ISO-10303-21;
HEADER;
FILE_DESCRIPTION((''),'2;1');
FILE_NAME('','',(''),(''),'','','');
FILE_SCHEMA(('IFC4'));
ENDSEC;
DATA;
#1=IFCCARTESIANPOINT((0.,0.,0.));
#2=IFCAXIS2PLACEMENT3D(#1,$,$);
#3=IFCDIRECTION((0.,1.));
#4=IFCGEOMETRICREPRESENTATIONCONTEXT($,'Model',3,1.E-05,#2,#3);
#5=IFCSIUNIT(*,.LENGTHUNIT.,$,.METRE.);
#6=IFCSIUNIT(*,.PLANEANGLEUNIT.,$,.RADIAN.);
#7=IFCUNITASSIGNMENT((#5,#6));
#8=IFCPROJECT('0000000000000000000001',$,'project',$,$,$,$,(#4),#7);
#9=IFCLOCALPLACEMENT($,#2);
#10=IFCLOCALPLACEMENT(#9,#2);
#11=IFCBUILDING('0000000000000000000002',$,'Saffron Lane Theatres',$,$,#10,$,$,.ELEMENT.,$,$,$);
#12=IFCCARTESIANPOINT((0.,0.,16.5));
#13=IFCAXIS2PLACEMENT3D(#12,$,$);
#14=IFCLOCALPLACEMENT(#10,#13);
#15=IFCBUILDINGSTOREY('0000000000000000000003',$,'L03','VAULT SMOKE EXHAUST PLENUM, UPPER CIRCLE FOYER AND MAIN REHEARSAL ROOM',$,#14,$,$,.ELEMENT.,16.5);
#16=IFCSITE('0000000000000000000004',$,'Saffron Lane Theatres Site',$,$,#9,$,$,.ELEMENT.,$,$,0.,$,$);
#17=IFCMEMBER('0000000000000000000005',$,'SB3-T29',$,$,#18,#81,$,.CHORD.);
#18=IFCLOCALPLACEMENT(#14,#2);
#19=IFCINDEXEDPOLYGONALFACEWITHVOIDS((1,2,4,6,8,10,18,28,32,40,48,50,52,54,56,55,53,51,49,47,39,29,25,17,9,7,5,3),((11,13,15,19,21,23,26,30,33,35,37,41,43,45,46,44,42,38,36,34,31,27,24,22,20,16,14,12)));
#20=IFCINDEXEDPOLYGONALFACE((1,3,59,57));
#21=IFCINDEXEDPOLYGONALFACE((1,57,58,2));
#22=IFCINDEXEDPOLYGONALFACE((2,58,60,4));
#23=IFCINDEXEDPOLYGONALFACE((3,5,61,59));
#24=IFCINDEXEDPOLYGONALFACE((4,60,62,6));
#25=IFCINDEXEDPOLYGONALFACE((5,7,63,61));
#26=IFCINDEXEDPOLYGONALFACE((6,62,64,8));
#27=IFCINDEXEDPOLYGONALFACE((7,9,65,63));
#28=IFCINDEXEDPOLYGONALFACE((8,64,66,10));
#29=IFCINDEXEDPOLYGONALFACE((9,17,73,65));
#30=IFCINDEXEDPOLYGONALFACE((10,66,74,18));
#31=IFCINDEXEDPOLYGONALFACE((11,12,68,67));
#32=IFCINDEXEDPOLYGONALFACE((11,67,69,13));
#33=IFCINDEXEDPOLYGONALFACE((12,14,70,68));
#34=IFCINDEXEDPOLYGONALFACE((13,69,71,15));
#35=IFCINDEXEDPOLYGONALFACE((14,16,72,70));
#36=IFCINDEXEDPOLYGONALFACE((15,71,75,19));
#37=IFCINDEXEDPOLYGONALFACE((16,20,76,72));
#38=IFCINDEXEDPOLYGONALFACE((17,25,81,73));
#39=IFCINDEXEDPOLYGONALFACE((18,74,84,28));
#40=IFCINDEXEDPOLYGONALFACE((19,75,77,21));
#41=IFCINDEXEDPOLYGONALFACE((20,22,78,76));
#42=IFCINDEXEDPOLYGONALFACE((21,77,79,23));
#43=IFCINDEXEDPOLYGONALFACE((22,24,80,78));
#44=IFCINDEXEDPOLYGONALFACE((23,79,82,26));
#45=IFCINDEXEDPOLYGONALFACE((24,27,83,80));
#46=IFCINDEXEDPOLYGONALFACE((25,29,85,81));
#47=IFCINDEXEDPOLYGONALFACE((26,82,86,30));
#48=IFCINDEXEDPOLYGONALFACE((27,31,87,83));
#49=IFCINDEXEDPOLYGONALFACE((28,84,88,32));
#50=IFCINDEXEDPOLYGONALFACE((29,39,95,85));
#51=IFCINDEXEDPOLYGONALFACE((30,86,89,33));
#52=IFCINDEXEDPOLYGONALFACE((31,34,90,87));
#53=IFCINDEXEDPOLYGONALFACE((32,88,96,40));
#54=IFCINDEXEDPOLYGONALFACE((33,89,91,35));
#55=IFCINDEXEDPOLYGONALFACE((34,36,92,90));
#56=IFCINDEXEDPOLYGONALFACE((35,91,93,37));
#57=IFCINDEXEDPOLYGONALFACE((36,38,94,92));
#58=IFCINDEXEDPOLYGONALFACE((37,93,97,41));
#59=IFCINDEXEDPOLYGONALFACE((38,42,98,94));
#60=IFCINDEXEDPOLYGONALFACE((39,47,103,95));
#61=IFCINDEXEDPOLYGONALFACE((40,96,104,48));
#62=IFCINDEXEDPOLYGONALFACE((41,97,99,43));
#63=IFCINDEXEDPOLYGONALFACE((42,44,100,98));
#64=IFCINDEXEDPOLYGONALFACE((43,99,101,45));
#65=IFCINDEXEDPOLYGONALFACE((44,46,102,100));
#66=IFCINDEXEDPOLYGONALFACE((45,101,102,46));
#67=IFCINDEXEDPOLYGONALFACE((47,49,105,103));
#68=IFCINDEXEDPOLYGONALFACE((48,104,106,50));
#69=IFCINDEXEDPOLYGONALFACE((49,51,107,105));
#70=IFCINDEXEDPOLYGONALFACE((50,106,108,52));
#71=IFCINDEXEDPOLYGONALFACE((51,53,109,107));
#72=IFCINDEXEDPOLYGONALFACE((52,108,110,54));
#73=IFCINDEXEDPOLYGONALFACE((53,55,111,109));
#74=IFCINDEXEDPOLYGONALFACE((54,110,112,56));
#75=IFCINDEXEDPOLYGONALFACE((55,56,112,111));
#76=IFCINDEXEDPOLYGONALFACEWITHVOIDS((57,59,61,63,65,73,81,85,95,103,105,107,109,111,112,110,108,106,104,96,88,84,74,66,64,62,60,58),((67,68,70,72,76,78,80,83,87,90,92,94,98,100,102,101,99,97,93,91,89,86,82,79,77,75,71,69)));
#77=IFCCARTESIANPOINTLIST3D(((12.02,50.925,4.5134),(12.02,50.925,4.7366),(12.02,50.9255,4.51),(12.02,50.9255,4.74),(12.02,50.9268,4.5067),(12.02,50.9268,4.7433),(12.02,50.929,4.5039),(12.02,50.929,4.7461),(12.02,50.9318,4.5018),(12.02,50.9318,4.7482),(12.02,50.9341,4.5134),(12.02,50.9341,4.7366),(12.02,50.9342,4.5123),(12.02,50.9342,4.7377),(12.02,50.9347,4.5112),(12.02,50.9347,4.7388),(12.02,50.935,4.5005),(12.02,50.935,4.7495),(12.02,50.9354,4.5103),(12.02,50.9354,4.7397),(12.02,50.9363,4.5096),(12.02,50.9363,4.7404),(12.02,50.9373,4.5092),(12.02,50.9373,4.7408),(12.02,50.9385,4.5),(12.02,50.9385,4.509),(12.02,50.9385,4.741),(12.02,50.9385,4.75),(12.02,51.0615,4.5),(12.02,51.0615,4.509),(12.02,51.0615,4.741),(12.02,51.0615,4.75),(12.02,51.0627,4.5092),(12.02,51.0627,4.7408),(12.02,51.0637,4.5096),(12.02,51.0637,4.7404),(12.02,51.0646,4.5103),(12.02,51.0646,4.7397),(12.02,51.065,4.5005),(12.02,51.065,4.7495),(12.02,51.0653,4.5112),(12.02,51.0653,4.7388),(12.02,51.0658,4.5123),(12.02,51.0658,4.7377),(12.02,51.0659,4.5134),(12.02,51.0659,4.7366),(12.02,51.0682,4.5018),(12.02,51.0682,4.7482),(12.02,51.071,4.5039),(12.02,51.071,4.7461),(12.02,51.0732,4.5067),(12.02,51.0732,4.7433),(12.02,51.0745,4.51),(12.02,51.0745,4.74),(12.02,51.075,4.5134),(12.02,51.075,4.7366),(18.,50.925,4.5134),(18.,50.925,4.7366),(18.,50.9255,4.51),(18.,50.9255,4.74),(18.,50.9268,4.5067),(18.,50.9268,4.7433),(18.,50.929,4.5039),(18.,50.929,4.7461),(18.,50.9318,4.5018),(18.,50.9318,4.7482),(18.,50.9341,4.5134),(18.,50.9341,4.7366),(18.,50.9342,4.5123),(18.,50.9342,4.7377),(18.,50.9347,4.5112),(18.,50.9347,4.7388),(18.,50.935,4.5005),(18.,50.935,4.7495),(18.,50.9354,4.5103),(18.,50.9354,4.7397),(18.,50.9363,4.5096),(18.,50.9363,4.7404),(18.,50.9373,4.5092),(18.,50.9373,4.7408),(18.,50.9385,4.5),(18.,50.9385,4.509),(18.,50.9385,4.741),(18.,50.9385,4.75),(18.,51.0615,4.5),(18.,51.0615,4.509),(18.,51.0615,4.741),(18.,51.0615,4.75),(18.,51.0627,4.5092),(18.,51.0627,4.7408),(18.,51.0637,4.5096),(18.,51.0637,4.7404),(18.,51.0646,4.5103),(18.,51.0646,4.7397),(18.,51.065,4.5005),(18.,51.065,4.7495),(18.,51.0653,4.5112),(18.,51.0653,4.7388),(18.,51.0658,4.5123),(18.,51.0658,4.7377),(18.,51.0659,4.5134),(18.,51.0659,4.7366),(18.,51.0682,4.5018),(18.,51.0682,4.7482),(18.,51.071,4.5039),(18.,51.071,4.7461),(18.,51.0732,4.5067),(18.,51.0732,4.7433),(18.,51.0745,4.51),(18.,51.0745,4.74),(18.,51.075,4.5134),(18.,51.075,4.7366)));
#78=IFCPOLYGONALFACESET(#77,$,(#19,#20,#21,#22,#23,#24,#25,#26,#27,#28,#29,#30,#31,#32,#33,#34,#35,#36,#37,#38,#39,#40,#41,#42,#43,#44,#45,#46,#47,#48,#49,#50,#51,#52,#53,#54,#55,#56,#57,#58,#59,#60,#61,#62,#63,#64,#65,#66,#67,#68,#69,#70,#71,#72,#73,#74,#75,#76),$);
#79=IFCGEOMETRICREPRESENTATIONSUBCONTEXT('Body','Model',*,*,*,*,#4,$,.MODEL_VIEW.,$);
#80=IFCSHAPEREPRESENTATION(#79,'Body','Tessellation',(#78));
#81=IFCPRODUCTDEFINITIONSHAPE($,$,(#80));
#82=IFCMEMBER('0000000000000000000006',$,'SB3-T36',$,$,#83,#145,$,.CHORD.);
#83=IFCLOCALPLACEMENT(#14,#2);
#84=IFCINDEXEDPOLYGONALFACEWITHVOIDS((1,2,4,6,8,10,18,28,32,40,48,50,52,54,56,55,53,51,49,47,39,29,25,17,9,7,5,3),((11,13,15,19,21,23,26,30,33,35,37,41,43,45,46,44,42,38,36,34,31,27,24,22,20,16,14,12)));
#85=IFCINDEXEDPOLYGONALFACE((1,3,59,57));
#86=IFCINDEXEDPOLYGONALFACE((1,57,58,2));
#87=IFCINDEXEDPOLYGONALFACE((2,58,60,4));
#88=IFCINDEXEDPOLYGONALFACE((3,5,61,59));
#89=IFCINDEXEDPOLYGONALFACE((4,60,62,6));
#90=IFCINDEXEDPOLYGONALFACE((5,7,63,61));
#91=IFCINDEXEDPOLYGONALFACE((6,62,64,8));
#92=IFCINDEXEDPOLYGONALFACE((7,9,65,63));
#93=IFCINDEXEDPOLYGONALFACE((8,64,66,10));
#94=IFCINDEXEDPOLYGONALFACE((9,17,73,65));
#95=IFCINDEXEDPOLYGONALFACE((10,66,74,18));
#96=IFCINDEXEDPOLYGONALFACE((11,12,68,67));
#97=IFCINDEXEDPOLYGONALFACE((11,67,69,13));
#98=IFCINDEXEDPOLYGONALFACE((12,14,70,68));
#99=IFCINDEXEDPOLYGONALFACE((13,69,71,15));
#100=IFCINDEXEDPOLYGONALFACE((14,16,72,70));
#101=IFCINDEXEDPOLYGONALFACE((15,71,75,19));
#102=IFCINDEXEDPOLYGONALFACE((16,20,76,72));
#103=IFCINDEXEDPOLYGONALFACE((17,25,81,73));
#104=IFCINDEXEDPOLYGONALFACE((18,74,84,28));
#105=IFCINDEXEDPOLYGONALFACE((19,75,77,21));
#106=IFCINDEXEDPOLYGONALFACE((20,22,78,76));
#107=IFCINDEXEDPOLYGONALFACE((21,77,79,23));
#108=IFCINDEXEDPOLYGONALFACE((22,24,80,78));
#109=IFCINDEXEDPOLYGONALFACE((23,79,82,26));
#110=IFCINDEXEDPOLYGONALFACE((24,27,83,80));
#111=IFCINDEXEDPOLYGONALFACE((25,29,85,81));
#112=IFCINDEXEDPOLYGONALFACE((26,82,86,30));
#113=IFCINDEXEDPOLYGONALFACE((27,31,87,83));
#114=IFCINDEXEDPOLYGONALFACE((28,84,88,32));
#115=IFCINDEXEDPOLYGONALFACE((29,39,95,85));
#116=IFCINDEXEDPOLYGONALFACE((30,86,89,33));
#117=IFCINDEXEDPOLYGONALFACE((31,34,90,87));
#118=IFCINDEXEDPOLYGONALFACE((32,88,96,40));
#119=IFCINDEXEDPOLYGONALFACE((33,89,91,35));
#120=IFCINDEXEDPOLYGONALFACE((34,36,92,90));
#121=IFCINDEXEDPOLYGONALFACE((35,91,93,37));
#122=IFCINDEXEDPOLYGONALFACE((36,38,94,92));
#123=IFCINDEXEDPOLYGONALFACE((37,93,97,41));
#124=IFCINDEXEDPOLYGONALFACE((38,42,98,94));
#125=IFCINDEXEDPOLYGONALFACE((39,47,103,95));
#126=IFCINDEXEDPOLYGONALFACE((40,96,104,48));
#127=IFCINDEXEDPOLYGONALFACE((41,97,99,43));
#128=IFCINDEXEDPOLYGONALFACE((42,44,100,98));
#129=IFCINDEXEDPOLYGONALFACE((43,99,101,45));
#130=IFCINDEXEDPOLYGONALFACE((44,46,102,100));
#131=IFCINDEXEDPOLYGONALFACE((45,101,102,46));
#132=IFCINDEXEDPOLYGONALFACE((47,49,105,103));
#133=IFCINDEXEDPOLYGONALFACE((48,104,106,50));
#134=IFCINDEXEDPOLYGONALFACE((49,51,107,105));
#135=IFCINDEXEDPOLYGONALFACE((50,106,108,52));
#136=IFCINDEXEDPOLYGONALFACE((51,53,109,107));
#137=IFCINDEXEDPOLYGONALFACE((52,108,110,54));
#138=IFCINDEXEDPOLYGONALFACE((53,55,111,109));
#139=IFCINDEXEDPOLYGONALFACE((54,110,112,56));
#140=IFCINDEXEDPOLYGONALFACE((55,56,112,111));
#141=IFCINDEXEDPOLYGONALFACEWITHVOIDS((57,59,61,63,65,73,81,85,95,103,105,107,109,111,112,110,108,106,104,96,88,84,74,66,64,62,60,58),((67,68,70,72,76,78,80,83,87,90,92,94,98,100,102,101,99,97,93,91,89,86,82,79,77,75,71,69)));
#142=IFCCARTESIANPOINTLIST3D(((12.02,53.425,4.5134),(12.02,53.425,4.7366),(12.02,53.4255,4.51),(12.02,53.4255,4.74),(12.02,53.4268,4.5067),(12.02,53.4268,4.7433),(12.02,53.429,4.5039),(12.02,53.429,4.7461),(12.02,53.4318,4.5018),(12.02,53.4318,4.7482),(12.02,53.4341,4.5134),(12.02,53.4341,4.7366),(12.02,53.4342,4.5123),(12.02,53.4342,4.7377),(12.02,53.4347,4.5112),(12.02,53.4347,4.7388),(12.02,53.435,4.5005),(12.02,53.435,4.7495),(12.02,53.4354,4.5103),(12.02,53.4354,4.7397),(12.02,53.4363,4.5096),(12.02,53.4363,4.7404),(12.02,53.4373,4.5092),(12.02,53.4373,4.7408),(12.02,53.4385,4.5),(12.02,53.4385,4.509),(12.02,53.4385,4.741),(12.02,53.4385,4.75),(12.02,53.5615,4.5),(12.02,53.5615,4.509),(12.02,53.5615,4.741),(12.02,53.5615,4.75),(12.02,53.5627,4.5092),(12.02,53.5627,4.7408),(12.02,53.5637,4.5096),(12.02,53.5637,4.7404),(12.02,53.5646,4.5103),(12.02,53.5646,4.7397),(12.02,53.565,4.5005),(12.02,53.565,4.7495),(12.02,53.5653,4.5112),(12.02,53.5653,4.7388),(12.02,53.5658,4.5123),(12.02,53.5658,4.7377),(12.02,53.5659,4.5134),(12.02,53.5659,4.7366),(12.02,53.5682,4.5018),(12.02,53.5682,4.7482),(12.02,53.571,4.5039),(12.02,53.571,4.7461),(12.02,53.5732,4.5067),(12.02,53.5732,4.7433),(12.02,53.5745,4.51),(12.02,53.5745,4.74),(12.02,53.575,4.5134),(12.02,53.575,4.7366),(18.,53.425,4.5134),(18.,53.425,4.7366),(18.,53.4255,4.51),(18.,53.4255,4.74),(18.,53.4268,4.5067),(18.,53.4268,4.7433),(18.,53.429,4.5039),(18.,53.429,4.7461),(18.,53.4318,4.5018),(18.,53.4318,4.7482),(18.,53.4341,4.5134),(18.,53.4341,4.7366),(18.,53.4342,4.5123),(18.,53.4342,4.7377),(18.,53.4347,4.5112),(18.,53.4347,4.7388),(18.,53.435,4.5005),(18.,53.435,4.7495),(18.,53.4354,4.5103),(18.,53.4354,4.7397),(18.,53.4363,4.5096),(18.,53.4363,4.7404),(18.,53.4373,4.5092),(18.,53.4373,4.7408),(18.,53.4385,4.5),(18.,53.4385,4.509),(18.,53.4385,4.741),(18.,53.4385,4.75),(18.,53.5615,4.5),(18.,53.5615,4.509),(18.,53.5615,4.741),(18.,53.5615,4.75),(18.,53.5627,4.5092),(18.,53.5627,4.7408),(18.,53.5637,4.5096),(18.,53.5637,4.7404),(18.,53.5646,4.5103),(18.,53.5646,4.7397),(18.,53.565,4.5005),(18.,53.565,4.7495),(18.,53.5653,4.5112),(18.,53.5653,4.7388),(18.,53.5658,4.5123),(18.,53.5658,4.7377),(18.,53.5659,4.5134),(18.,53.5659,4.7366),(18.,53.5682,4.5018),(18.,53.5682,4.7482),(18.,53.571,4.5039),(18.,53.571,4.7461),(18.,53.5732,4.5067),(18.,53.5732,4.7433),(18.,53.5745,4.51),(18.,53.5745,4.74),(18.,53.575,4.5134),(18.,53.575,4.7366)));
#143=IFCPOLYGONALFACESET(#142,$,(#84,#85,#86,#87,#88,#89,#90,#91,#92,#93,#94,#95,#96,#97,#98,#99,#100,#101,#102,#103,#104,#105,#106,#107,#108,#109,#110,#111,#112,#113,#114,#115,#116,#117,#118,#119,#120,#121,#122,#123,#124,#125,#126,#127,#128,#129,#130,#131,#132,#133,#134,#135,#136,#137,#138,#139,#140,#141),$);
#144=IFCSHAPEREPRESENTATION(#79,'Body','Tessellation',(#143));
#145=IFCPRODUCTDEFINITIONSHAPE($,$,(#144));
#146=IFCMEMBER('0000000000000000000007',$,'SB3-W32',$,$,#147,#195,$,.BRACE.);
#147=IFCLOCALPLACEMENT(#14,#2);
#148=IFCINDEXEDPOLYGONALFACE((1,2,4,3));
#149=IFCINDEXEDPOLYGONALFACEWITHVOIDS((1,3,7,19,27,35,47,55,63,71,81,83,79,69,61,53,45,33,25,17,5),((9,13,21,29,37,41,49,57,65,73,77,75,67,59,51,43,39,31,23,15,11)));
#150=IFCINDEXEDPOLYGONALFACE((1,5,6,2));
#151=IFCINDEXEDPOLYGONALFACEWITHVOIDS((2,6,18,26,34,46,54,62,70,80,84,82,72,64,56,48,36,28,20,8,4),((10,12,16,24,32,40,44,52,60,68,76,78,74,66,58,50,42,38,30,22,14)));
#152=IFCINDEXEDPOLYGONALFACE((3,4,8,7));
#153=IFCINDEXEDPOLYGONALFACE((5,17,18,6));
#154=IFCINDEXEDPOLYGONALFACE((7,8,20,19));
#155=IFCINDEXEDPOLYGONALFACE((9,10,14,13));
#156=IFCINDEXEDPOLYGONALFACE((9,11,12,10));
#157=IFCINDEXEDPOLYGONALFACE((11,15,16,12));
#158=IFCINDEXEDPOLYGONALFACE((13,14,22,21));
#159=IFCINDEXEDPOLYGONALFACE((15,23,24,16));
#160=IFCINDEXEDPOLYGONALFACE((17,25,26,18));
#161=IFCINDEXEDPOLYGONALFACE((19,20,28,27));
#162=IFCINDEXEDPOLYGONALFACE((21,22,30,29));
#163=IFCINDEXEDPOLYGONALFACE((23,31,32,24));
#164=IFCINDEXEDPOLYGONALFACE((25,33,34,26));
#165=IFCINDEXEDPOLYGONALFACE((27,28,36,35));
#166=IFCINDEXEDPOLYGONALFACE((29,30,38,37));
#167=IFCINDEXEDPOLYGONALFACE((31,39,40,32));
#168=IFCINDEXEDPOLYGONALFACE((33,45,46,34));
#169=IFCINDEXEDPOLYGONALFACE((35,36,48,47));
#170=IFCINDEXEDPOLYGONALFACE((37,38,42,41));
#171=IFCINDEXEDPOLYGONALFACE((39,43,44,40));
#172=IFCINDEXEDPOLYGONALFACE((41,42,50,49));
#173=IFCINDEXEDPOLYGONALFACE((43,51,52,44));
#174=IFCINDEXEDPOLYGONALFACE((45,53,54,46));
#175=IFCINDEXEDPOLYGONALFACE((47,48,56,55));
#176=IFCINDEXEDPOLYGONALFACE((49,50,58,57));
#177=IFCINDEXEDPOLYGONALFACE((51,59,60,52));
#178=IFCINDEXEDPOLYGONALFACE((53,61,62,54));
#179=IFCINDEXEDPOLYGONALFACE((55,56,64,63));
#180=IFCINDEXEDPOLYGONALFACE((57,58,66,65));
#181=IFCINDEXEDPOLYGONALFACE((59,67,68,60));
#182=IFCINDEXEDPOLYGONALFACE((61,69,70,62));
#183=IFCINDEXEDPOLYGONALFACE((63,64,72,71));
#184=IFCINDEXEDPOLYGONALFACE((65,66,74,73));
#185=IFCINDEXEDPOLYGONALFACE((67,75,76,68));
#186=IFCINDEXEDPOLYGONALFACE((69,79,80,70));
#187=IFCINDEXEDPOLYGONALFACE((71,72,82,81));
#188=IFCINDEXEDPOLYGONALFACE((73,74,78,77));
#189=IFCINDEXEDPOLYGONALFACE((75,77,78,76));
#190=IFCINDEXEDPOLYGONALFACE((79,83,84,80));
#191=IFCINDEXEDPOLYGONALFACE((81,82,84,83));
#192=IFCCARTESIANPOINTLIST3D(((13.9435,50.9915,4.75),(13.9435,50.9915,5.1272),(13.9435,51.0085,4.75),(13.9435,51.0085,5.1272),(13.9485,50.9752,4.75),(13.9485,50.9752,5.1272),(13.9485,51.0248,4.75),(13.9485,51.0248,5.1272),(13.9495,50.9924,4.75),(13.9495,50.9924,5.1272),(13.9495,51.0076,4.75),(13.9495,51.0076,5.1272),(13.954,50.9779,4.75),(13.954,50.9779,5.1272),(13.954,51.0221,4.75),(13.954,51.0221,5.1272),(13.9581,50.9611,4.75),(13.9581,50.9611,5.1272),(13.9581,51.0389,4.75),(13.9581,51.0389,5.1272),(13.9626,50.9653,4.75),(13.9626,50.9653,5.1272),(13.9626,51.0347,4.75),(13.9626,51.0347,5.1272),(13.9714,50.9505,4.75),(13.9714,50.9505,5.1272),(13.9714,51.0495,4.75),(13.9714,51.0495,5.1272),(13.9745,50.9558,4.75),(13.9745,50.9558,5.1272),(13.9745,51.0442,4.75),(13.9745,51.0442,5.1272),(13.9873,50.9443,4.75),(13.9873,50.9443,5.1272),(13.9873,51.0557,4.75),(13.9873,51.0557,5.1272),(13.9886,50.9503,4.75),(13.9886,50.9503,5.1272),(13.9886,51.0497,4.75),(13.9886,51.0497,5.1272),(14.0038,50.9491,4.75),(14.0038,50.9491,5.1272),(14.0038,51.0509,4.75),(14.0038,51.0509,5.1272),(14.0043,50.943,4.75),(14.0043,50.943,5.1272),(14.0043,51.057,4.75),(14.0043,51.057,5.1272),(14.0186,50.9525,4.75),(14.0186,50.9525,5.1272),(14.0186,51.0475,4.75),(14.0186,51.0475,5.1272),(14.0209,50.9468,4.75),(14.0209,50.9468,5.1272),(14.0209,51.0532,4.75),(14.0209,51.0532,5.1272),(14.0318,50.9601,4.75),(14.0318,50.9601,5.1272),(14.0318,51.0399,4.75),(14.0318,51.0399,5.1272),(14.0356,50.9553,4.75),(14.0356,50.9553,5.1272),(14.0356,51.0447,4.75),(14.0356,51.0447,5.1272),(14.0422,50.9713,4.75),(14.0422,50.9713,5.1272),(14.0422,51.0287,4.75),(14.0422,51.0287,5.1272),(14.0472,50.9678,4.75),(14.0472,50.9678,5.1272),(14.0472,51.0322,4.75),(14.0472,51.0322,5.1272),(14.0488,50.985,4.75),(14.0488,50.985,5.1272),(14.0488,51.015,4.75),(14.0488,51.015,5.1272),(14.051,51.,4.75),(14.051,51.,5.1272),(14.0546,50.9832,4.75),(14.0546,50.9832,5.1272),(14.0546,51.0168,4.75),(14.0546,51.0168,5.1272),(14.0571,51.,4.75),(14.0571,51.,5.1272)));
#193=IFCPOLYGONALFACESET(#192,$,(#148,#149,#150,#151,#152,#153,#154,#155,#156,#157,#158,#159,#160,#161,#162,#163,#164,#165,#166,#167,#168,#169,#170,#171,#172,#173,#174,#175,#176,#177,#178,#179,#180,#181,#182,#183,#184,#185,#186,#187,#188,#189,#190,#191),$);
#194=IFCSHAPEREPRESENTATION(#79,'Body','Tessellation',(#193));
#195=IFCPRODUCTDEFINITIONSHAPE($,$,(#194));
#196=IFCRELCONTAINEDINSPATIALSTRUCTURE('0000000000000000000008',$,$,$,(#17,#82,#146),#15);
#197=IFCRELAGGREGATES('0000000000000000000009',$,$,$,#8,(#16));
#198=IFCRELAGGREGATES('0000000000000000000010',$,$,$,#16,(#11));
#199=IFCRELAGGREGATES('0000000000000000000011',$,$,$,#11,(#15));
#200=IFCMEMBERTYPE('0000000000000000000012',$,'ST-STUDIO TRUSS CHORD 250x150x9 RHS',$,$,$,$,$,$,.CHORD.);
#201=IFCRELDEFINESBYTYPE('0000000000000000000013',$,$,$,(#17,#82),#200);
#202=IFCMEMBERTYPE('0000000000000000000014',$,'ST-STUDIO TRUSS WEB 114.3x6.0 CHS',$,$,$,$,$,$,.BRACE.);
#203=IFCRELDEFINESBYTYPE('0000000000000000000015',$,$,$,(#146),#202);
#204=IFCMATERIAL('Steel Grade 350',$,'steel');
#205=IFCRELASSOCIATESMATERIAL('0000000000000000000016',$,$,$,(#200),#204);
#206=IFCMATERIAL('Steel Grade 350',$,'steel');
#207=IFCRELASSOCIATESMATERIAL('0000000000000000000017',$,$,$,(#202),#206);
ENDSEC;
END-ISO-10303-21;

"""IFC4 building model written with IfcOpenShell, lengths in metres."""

from ifc_helpers import new_model, si_unit, direction, frame, origin, origin_2d, place, context, subcontext, project, spatial, hollow_rectangle, hollow_circle, extrude, material, material_profile, profile_set, type_object, element, save


model = new_model("IFC4")

# Units and contexts
model_context = context("Model", 3, precision=1e-05, world=origin(), true_north=direction((0.0, 1.0)))
body_context = subcontext(model_context, "Body", "Model", "MODEL_VIEW")
ifc_project = project(units=[si_unit("LENGTHUNIT", "METRE"), si_unit("PLANEANGLEUNIT", "RADIAN")], contexts=[model_context])

# Site, building, storey
site_placement = place(None, origin())
site = spatial("IfcSite", under=ifc_project, at=site_placement, Name="Saffron Lane Theatres Site", CompositionType="ELEMENT", RefElevation=0.0)
building_placement = place(site_placement, origin())
building = spatial("IfcBuilding", under=site, at=building_placement, Name="Saffron Lane Theatres", CompositionType="ELEMENT")
storey_placement = place(building_placement, frame((0.0, 0.0, 16.5)))
storey = spatial("IfcBuildingStorey", under=building, at=storey_placement, Name="L03", Description="VAULT SMOKE EXHAUST PLENUM, UPPER CIRCLE FOYER AND MAIN REHEARSAL ROOM", CompositionType="ELEMENT", Elevation=16.5)

# Members
ifc_material_1 = material(Name="Steel Grade 350", Category="steel")
ifc_material_profile_1 = material_profile(ifc_material_1, hollow_rectangle(XDim=0.1499, YDim=0.25, WallThickness=0.009, InnerFilletRadius=0.0044, OuterFilletRadius=0.0134, at=origin_2d()))
ifc_profile_set_1 = profile_set([ifc_material_profile_1], Name="Steel Grade 350")
member_type_1 = type_object("IfcMemberType", Name="ST-STUDIO TRUSS CHORD 250x150x9 RHS", PredefinedType="CHORD", material=ifc_profile_set_1)
for number, where, z_axis, x_axis, name in (
    (1, (12.02, 51.0, 4.625), (1.0, 0.0, 0.0), (0.0, 1.0, 0.0), "SB3-T29"),
    (2, (12.02, 53.5, 4.625), (1.0, 0.0, 0.0), (0.0, 1.0, 0.0), "SB3-T36"),
):
    element("IfcMember", number, at=place(storey_placement, frame(where, z_axis=z_axis, x_axis=x_axis)), inside=storey, type_object=member_type_1, Name=name, PredefinedType="CHORD", context=body_context, shape_type="SweptSolid", body=[
        extrude(hollow_rectangle(XDim=0.1499, YDim=0.25, WallThickness=0.009, InnerFilletRadius=0.0044, OuterFilletRadius=0.0134, at=origin_2d()), origin(), (0.0, 0.0, 1.0), 5.98),
    ])
ifc_material_2 = material(Name="Steel Grade 350", Category="steel")
ifc_material_profile_2 = material_profile(ifc_material_2, hollow_circle(Radius=0.0571, WallThickness=0.0061, at=origin_2d()))
ifc_profile_set_2 = profile_set([ifc_material_profile_2], Name="Steel Grade 350")
member_type_2 = type_object("IfcMemberType", Name="ST-STUDIO TRUSS WEB 114.3x6.0 CHS", PredefinedType="BRACE", material=ifc_profile_set_2)
member_1_placement = place(storey_placement, frame((14.0, 51.0, 4.75), z_axis=(0.0, 0.0, 1.0), x_axis=(1.0, 0.0, 0.0)))
element("IfcMember", 3, at=member_1_placement, inside=storey, type_object=member_type_2, Name="SB3-W32", PredefinedType="BRACE", context=body_context, shape_type="SweptSolid", body=[
    extrude(hollow_circle(Radius=0.0571, WallThickness=0.0061, at=origin_2d()), origin(), (0.0, 0.0, 1.0), 0.3772),
])

save(model, "model.ifc")
